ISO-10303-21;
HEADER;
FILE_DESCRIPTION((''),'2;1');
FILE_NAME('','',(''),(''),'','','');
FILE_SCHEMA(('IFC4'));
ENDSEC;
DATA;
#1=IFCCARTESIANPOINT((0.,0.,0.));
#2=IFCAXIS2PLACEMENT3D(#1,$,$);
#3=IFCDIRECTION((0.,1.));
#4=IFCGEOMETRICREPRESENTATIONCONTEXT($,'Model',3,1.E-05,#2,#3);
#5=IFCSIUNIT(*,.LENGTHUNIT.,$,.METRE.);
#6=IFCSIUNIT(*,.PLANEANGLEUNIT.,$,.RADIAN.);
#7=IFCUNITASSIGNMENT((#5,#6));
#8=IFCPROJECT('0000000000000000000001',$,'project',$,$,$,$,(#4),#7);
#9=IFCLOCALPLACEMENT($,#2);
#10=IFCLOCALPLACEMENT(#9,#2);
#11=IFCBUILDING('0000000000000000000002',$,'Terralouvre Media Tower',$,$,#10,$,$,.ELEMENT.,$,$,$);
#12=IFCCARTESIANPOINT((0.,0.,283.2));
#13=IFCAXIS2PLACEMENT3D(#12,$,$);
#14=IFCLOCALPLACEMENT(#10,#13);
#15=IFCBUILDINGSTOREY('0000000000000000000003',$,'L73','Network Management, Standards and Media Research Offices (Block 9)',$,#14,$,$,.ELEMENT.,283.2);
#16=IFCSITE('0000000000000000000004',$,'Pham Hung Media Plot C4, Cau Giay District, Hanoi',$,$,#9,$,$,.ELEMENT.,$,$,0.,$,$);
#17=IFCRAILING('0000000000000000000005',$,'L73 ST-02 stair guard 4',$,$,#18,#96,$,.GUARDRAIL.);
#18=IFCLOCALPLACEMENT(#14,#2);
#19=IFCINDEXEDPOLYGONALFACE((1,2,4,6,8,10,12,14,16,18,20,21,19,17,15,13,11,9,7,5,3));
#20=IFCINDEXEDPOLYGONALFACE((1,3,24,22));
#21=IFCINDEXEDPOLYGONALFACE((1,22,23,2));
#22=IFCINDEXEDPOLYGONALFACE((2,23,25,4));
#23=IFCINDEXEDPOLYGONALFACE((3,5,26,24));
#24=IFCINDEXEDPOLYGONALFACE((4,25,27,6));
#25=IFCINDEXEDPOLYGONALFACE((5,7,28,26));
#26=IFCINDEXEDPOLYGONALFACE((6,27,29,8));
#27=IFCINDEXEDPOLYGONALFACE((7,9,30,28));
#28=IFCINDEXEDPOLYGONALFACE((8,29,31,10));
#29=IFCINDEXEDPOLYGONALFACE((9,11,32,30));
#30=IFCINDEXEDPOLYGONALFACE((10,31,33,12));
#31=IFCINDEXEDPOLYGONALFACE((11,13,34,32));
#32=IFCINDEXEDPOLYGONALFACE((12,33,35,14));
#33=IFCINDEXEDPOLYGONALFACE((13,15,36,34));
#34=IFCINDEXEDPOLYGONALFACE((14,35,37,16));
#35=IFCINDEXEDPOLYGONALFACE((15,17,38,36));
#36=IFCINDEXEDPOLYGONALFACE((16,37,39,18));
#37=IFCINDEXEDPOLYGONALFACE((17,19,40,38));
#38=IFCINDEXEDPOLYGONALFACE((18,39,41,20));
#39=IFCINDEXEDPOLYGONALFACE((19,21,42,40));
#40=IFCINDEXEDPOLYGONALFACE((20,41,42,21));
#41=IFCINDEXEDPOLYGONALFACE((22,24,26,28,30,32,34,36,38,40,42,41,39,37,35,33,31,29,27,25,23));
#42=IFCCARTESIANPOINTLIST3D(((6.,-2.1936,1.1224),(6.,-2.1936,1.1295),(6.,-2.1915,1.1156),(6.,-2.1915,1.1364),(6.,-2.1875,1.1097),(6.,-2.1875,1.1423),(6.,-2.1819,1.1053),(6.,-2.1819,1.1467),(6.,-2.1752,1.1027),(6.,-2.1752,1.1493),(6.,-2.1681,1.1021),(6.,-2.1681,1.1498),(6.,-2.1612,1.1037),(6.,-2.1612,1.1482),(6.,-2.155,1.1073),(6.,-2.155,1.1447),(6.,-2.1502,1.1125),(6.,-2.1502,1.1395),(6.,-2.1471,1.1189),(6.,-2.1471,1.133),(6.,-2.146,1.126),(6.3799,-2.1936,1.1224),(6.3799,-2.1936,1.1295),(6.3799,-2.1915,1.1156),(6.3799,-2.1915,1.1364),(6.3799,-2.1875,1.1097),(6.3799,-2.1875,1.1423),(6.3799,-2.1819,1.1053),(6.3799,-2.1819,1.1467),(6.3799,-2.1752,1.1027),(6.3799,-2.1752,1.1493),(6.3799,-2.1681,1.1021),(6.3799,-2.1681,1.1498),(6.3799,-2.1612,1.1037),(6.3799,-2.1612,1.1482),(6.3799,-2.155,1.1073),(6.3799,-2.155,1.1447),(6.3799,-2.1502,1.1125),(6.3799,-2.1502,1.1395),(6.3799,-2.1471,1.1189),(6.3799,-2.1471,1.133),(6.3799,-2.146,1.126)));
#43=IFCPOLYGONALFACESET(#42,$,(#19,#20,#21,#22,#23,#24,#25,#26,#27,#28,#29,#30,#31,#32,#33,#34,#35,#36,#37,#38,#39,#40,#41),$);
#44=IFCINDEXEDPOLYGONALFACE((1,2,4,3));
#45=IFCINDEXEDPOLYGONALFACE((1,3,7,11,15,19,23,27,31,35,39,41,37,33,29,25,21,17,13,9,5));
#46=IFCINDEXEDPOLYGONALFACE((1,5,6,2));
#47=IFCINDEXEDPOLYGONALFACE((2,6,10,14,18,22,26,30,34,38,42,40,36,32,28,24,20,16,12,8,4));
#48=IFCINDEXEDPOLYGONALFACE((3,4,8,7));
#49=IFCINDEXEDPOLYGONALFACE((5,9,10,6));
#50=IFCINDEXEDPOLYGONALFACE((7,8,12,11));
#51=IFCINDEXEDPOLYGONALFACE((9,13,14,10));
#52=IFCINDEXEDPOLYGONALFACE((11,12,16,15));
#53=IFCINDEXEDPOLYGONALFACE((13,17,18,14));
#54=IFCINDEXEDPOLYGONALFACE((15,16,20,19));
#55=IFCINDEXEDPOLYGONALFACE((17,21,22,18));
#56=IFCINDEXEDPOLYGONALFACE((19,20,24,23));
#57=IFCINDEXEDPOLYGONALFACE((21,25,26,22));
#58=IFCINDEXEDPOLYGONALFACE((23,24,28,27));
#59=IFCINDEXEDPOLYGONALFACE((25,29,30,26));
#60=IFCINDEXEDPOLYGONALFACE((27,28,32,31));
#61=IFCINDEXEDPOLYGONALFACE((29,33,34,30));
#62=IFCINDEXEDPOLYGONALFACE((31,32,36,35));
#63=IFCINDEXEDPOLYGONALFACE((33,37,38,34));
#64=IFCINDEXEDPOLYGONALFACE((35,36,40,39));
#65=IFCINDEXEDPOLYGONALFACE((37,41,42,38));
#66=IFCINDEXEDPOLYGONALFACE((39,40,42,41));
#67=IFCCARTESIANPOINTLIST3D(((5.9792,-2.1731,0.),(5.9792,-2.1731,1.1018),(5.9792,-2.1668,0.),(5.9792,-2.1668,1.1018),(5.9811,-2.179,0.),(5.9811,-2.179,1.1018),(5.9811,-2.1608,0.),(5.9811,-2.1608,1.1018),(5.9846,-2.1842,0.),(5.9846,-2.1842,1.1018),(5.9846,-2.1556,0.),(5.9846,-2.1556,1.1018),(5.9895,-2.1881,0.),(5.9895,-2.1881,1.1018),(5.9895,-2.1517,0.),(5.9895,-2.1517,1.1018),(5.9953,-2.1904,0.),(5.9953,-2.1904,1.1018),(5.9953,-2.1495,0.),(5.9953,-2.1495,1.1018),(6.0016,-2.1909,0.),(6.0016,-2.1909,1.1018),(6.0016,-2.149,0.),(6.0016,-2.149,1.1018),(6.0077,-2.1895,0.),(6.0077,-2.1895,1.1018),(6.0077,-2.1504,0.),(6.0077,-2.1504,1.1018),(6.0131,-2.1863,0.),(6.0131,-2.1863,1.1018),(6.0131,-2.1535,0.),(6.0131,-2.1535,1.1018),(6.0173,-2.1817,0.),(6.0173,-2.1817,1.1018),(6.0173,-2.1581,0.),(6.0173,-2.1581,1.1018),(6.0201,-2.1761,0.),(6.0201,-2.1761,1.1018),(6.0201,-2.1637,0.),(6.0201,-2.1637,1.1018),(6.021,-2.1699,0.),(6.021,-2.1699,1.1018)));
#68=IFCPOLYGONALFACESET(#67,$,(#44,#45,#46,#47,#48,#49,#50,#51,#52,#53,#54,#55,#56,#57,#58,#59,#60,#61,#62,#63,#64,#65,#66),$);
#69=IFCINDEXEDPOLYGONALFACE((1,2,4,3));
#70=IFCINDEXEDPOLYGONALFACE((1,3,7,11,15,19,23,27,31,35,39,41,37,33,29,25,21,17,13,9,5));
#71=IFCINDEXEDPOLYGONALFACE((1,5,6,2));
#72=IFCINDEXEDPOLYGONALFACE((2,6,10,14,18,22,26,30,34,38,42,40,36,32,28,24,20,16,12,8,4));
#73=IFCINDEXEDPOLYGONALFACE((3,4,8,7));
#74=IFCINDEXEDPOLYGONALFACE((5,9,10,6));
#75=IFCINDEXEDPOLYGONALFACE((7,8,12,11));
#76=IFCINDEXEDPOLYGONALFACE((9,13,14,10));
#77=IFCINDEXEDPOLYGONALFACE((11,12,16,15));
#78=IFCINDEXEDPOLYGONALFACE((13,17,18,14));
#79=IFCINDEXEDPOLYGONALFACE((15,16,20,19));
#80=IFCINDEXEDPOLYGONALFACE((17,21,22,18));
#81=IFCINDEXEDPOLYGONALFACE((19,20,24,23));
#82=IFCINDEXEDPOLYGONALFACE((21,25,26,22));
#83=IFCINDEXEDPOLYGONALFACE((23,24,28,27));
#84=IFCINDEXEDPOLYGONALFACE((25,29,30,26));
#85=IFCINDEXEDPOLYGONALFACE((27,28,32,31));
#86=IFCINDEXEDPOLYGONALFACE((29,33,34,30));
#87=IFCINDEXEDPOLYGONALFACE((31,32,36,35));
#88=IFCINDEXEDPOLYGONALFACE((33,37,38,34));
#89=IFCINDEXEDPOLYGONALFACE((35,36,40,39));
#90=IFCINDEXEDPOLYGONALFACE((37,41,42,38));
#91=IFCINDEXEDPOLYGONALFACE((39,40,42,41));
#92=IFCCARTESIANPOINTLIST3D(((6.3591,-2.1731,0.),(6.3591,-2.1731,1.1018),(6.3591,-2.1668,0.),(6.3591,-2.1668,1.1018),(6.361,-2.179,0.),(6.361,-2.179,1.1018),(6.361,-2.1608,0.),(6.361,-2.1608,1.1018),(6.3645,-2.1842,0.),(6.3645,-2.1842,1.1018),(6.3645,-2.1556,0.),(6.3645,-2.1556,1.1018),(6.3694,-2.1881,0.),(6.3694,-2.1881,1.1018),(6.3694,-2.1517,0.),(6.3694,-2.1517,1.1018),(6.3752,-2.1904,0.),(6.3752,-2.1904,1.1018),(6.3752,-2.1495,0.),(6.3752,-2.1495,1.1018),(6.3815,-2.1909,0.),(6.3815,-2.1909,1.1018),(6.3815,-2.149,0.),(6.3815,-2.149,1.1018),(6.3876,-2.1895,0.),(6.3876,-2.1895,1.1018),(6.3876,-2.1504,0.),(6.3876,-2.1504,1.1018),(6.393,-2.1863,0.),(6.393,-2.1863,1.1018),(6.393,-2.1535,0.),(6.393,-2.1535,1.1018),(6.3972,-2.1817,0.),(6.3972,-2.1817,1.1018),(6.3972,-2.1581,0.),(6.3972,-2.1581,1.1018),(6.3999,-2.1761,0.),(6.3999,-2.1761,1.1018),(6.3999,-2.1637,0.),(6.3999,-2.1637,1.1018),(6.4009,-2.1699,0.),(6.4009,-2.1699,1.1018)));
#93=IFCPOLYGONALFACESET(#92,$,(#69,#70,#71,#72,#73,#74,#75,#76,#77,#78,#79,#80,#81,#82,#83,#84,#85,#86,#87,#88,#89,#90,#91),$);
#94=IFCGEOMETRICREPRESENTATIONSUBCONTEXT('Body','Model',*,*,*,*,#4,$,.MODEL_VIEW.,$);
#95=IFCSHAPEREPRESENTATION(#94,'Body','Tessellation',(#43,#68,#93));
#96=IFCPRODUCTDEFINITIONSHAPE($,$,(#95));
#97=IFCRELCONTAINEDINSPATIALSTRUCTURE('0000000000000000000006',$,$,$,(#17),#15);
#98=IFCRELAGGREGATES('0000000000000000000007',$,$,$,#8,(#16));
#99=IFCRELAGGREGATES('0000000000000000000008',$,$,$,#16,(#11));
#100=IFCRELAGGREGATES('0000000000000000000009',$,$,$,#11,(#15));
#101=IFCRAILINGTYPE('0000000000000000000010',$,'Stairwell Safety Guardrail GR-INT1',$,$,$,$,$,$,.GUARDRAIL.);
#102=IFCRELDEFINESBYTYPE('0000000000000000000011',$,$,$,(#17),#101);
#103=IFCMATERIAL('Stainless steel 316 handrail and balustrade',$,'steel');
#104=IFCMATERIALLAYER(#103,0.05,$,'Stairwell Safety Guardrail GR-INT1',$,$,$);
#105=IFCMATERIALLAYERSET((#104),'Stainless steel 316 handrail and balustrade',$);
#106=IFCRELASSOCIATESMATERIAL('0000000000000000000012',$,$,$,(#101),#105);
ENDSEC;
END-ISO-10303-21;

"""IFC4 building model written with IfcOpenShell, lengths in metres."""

from ifc_helpers import new_model, si_unit, direction, frame, origin, origin_2d, place, context, subcontext, project, spatial, circle, extrude, material, layer, layer_set, type_object, element, save


model = new_model("IFC4")

# Units and contexts
model_context = context("Model", 3, precision=1e-05, world=origin(), true_north=direction((0.0, 1.0)))
body_context = subcontext(model_context, "Body", "Model", "MODEL_VIEW")
ifc_project = project(units=[si_unit("LENGTHUNIT", "METRE"), si_unit("PLANEANGLEUNIT", "RADIAN")], contexts=[model_context])

# Site, building, storey
site_placement = place(None, origin())
site = spatial("IfcSite", under=ifc_project, at=site_placement, Name="Pham Hung Media Plot C4, Cau Giay District, Hanoi", CompositionType="ELEMENT", RefElevation=0.0)
building_placement = place(site_placement, origin())
building = spatial("IfcBuilding", under=site, at=building_placement, Name="Terralouvre Media Tower", CompositionType="ELEMENT")
storey_placement = place(building_placement, frame((0.0, 0.0, 283.2)))
storey = spatial("IfcBuildingStorey", under=building, at=storey_placement, Name="L73", Description="Network Management, Standards and Media Research Offices (Block 9)", CompositionType="ELEMENT", Elevation=283.2)

# Railing
ifc_material_1 = material(Name="Stainless steel 316 handrail and balustrade", Category="steel")
ifc_layer_1 = layer(ifc_material_1, 0.05, Name="Stairwell Safety Guardrail GR-INT1")
ifc_layer_set_1 = layer_set([ifc_layer_1], Name="Stainless steel 316 handrail and balustrade")
railing_type_1 = type_object("IfcRailingType", Name="Stairwell Safety Guardrail GR-INT1", PredefinedType="GUARDRAIL", material=ifc_layer_set_1)
railing_1_placement = place(storey_placement, frame((6.0, -2.1699, 0.0)))
element("IfcRailing", 1, at=railing_1_placement, inside=storey, type_object=railing_type_1, Name="L73 ST-02 stair guard 4", PredefinedType="GUARDRAIL", context=body_context, shape_type="SweptSolid", body=[
    extrude(circle(Radius=0.0239, at=origin_2d()), frame((0.0, 0.0, 1.126), z_axis=(1.0, 0.0, 0.0), x_axis=(0.0, 1.0, 0.0)), (0.0, 0.0, 1.0), 0.3799),
    extrude(circle(Radius=0.021, at=origin_2d()), origin(), (0.0, 0.0, 1.0), 1.1018),
    extrude(circle(Radius=0.021, at=origin_2d()), frame((0.3799, 0.0, 0.0)), (0.0, 0.0, 1.0), 1.1018),
])

save(model, "model.ifc")
